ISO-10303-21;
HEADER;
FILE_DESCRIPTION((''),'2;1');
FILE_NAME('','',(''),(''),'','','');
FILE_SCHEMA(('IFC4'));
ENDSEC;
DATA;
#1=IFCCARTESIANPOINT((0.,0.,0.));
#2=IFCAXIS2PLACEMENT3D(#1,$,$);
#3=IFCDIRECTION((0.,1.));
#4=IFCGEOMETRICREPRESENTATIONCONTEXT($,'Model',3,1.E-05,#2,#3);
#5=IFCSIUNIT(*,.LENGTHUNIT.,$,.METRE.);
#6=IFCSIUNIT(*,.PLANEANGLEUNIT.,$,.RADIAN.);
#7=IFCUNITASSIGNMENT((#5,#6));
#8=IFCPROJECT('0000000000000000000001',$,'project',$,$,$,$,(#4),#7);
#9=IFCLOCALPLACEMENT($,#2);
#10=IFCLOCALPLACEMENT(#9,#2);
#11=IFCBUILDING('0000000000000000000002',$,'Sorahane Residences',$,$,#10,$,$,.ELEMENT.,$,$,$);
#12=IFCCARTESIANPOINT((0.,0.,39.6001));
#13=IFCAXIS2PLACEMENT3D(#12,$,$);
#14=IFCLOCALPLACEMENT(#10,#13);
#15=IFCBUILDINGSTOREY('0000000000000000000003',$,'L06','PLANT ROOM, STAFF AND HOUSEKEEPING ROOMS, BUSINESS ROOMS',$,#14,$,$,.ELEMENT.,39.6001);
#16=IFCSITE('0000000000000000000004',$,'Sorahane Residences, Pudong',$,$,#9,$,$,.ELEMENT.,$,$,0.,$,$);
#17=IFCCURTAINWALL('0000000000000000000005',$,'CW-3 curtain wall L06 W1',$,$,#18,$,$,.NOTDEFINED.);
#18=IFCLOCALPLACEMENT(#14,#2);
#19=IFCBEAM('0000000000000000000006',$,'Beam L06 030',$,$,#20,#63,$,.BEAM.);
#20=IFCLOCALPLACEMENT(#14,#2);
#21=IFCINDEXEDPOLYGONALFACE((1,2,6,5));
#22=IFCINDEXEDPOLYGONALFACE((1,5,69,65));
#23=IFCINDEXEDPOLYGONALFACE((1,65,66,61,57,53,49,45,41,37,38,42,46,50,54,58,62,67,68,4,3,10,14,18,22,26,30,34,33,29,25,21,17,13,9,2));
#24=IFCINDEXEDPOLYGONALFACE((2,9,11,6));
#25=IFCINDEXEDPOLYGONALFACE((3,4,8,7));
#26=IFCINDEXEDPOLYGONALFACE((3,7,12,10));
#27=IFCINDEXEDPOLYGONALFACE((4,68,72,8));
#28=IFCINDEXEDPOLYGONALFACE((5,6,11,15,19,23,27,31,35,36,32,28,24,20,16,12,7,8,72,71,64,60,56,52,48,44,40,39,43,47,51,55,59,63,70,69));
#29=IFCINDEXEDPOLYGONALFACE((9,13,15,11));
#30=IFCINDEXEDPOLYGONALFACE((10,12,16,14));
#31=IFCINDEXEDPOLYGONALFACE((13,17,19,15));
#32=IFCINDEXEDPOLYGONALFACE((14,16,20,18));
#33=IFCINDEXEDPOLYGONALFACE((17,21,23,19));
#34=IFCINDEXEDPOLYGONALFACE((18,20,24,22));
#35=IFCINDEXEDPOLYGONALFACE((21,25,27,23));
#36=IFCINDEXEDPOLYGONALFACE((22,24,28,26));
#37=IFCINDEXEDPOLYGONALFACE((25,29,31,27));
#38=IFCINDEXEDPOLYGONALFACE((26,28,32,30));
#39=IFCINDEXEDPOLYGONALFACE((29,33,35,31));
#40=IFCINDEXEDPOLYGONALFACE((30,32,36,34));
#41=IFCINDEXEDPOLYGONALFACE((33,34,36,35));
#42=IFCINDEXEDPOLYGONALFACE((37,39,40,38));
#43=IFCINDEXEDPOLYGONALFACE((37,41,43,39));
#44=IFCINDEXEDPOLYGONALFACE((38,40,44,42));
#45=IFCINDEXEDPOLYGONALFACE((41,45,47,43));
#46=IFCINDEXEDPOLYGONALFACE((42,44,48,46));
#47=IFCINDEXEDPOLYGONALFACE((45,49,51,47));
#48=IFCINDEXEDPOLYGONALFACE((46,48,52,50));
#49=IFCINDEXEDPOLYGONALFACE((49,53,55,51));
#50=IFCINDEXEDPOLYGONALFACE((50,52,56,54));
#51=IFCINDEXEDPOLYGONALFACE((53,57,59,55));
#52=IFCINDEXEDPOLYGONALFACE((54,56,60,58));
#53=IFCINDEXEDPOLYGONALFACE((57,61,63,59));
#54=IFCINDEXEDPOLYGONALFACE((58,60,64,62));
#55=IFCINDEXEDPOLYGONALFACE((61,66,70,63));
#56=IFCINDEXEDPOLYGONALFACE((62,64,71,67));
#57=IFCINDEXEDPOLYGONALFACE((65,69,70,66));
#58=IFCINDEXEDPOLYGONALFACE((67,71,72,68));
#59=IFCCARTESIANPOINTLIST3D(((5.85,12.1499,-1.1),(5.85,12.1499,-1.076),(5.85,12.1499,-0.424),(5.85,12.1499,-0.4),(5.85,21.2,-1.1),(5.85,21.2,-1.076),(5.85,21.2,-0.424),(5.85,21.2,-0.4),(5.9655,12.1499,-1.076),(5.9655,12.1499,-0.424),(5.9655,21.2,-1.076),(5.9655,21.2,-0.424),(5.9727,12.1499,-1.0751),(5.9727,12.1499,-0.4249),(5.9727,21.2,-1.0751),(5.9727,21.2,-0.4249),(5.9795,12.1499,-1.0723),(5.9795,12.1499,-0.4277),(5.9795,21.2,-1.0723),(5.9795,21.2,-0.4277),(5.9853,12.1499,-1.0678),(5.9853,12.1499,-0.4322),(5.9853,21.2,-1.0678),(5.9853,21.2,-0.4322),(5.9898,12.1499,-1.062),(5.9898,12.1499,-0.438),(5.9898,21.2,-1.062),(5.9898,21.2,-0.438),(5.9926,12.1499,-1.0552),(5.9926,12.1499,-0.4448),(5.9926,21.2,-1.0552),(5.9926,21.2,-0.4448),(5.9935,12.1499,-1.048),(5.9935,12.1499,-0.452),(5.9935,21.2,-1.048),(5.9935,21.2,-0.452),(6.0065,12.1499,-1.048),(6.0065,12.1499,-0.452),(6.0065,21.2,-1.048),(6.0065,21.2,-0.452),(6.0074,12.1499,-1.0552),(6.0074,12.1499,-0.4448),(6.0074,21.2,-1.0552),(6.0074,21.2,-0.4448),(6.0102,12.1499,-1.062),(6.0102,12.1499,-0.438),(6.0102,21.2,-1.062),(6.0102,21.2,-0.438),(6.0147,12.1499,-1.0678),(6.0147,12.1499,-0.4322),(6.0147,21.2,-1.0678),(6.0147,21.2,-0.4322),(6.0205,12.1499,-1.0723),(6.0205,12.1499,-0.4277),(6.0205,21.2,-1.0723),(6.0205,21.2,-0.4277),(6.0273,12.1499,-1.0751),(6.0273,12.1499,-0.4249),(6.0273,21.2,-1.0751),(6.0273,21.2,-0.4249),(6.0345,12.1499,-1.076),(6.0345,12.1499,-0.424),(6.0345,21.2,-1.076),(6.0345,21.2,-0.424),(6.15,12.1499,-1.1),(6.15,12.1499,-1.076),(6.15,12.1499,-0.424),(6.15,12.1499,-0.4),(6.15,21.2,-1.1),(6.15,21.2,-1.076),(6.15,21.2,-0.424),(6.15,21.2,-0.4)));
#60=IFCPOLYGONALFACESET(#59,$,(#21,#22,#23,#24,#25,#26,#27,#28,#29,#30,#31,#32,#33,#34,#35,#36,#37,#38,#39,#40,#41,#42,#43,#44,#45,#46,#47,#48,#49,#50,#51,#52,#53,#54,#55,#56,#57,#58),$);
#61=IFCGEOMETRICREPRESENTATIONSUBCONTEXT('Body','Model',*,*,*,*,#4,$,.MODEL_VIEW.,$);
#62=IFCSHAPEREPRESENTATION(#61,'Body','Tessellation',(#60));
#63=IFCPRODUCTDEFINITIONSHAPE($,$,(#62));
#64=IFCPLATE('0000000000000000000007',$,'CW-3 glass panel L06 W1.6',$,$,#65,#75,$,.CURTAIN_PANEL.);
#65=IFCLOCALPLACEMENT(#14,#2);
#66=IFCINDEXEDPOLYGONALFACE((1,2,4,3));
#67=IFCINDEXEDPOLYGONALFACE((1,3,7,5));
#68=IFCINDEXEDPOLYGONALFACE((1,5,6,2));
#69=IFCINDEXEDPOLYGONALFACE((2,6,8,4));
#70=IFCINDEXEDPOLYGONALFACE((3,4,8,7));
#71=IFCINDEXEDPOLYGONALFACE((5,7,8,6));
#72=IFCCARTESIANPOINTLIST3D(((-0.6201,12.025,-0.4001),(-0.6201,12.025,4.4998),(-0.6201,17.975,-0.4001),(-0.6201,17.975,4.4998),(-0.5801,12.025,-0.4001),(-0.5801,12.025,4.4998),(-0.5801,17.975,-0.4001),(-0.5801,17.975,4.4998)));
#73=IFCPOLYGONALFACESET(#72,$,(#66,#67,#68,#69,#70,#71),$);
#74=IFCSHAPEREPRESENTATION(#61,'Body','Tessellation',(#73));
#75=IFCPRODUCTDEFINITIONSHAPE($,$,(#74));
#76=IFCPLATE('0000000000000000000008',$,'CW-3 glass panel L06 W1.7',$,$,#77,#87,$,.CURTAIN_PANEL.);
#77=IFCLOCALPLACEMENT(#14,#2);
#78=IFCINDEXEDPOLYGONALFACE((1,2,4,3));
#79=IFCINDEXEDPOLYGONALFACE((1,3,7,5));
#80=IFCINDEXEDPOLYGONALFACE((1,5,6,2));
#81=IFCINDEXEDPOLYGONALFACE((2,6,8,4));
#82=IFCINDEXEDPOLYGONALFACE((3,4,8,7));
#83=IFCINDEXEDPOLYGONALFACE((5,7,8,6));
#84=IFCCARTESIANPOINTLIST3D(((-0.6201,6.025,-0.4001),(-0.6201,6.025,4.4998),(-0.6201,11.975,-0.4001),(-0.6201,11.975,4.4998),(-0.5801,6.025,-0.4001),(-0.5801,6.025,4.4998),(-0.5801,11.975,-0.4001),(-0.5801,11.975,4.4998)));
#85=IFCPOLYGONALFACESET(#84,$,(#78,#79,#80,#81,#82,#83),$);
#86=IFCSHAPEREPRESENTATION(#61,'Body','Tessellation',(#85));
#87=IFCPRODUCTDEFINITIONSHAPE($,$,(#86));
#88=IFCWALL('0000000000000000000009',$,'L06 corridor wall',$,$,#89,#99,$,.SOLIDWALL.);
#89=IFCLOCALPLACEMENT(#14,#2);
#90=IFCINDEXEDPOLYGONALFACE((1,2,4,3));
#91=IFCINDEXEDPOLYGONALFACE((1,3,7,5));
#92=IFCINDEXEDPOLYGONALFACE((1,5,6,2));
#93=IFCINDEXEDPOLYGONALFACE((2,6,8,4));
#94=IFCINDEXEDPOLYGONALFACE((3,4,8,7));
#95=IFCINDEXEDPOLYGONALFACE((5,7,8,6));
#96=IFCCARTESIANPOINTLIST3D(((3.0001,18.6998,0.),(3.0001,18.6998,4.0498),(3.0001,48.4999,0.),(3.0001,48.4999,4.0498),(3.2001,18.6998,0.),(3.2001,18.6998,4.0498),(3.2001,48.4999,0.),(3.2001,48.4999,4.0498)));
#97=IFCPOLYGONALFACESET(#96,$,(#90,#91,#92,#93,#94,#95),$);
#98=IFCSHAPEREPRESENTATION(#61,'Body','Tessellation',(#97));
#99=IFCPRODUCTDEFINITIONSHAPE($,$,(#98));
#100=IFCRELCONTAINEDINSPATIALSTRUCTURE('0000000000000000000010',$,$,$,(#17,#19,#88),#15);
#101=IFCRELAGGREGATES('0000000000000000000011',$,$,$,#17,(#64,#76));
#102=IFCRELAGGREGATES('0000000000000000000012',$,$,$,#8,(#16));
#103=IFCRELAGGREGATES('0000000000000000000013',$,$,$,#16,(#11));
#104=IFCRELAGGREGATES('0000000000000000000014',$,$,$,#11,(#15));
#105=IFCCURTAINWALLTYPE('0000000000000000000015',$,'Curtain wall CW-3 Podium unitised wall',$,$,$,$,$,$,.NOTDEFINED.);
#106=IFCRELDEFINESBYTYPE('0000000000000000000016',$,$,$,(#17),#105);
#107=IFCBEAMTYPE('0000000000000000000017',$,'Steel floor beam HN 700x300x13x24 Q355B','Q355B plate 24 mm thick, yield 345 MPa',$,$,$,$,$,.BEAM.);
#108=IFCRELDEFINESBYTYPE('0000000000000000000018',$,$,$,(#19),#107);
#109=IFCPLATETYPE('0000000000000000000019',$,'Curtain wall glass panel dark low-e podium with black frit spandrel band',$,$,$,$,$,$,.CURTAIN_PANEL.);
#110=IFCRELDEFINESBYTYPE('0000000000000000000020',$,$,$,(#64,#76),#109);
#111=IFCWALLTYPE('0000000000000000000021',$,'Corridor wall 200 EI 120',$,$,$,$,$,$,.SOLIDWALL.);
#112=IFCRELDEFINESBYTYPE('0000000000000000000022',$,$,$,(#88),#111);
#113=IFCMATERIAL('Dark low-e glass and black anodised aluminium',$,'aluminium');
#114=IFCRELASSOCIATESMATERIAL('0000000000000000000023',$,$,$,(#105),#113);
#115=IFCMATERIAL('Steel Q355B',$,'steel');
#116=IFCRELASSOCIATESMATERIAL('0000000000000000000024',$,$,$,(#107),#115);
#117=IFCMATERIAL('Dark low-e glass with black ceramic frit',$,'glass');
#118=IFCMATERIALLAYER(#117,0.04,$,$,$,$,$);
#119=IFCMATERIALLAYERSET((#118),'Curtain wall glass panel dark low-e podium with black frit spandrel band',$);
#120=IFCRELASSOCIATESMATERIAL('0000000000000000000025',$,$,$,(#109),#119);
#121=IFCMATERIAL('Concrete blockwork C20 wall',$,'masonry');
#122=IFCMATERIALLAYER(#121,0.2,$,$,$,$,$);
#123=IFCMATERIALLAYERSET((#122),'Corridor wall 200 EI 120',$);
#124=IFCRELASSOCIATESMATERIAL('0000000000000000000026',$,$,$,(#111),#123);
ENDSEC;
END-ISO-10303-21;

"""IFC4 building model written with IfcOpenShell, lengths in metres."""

from ifc_helpers import new_model, si_unit, direction, frame, frame_2d, origin, origin_2d, place, context, subcontext, project, spatial, rectangle, i_section, extrude, material, layer, layer_set, material_profile, profile_set, type_object, element, aggregate, save


model = new_model("IFC4")

# Units and contexts
model_context = context("Model", 3, precision=1e-05, world=origin(), true_north=direction((0.0, 1.0)))
body_context = subcontext(model_context, "Body", "Model", "MODEL_VIEW")
ifc_project = project(units=[si_unit("LENGTHUNIT", "METRE"), si_unit("PLANEANGLEUNIT", "RADIAN")], contexts=[model_context])

# Site, building, storey
site_placement = place(None, origin())
site = spatial("IfcSite", under=ifc_project, at=site_placement, Name="Sorahane Residences, Pudong", CompositionType="ELEMENT", RefElevation=0.0)
building_placement = place(site_placement, origin())
building = spatial("IfcBuilding", under=site, at=building_placement, Name="Sorahane Residences", CompositionType="ELEMENT")
storey_placement = place(building_placement, frame((0.0, 0.0, 39.6001)))
storey = spatial("IfcBuildingStorey", under=building, at=storey_placement, Name="L06", Description="PLANT ROOM, STAFF AND HOUSEKEEPING ROOMS, BUSINESS ROOMS", CompositionType="ELEMENT", Elevation=39.6001)

# Curtain wall
ifc_material_1 = material(Name="Dark low-e glass and black anodised aluminium", Category="aluminium")
curtain_wall_type = type_object("IfcCurtainWallType", Name="Curtain wall CW-3 Podium unitised wall", PredefinedType="NOTDEFINED", material=ifc_material_1)
curtain_wall_placement = place(storey_placement, origin())
curtain_wall = element("IfcCurtainWall", 1, at=curtain_wall_placement, inside=storey, type_object=curtain_wall_type, Name="CW-3 curtain wall L06 W1", PredefinedType="NOTDEFINED")

# Beam
ifc_material_2 = material(Name="Steel Q355B", Category="steel")
ifc_material_profile_1 = material_profile(ifc_material_2, i_section(OverallWidth=0.3, OverallDepth=0.7, WebThickness=0.0129, FlangeThickness=0.0239, FilletRadius=0.0281, at=origin_2d()), Name="HN 700x300x13x24")
ifc_profile_set_1 = profile_set([ifc_material_profile_1], Name="Steel Q355B")
beam_type_1 = type_object("IfcBeamType", Name="Steel floor beam HN 700x300x13x24 Q355B", Description="Q355B plate 24 mm thick, yield 345 MPa", PredefinedType="BEAM", material=ifc_profile_set_1)
beam_1_placement = place(storey_placement, frame((6.0, 12.1499, -0.75), z_axis=(0.0, 1.0, 0.0), x_axis=(-1.0, 0.0, 0.0)))
element("IfcBeam", 2, at=beam_1_placement, inside=storey, type_object=beam_type_1, Name="Beam L06 030", PredefinedType="BEAM", context=body_context, shape_type="SweptSolid", body=[
    extrude(i_section(OverallWidth=0.3, OverallDepth=0.7, WebThickness=0.0129, FlangeThickness=0.0239, FilletRadius=0.0281, at=origin_2d()), origin(), (0.0, 0.0, 1.0), 9.05),
])

# Plates
ifc_material_3 = material(Name="Dark low-e glass with black ceramic frit", Category="glass")
ifc_layer_1 = layer(ifc_material_3, 0.04)
ifc_layer_set_1 = layer_set([ifc_layer_1], Name="Curtain wall glass panel dark low-e podium with black frit spandrel band")
plate_type = type_object("IfcPlateType", Name="Curtain wall glass panel dark low-e podium with black frit spandrel band", PredefinedType="CURTAIN_PANEL", material=ifc_layer_set_1)
plate_1_placement = place(storey_placement, frame((-0.6001, 15.0, -0.4001), z_axis=(0.0, 0.0, 1.0), x_axis=(0.0, -1.0, 0.0)))
plate_1 = element("IfcPlate", 3, at=plate_1_placement, type_object=plate_type, Name="CW-3 glass panel L06 W1.6", PredefinedType="CURTAIN_PANEL", context=body_context, shape_type="SweptSolid", body=[
    extrude(rectangle(XDim=5.95, YDim=0.04, at=origin_2d()), origin(), (0.0, 0.0, 1.0), 4.8999),
])
plate_2_placement = place(storey_placement, frame((-0.6001, 9.0, -0.4001), z_axis=(0.0, 0.0, 1.0), x_axis=(0.0, -1.0, 0.0)))
plate_2 = element("IfcPlate", 4, at=plate_2_placement, type_object=plate_type, Name="CW-3 glass panel L06 W1.7", PredefinedType="CURTAIN_PANEL", context=body_context, shape_type="SweptSolid", body=[
    extrude(rectangle(XDim=5.95, YDim=0.04, at=origin_2d()), origin(), (0.0, 0.0, 1.0), 4.8999),
])
aggregate(curtain_wall, [plate_1, plate_2])

# Wall
ifc_material_4 = material(Name="Concrete blockwork C20 wall", Category="masonry")
ifc_layer_2 = layer(ifc_material_4, 0.2)
ifc_layer_set_2 = layer_set([ifc_layer_2], Name="Corridor wall 200 EI 120")
wall_type = type_object("IfcWallType", Name="Corridor wall 200 EI 120", PredefinedType="SOLIDWALL", material=ifc_layer_set_2)
wall_1_placement = place(storey_placement, frame((3.1001, 18.7, 0.0), z_axis=(0.0, 0.0, 1.0), x_axis=(0.0, 1.0, 0.0)))
element("IfcWall", 5, at=wall_1_placement, inside=storey, type_object=wall_type, Name="L06 corridor wall", PredefinedType="SOLIDWALL", context=body_context, shape_type="SweptSolid", body=[
    extrude(rectangle(XDim=29.8, YDim=0.2, at=frame_2d((14.8999, 0.0))), origin(), (0.0, 0.0, 1.0), 4.0498),
])

save(model, "model.ifc")
